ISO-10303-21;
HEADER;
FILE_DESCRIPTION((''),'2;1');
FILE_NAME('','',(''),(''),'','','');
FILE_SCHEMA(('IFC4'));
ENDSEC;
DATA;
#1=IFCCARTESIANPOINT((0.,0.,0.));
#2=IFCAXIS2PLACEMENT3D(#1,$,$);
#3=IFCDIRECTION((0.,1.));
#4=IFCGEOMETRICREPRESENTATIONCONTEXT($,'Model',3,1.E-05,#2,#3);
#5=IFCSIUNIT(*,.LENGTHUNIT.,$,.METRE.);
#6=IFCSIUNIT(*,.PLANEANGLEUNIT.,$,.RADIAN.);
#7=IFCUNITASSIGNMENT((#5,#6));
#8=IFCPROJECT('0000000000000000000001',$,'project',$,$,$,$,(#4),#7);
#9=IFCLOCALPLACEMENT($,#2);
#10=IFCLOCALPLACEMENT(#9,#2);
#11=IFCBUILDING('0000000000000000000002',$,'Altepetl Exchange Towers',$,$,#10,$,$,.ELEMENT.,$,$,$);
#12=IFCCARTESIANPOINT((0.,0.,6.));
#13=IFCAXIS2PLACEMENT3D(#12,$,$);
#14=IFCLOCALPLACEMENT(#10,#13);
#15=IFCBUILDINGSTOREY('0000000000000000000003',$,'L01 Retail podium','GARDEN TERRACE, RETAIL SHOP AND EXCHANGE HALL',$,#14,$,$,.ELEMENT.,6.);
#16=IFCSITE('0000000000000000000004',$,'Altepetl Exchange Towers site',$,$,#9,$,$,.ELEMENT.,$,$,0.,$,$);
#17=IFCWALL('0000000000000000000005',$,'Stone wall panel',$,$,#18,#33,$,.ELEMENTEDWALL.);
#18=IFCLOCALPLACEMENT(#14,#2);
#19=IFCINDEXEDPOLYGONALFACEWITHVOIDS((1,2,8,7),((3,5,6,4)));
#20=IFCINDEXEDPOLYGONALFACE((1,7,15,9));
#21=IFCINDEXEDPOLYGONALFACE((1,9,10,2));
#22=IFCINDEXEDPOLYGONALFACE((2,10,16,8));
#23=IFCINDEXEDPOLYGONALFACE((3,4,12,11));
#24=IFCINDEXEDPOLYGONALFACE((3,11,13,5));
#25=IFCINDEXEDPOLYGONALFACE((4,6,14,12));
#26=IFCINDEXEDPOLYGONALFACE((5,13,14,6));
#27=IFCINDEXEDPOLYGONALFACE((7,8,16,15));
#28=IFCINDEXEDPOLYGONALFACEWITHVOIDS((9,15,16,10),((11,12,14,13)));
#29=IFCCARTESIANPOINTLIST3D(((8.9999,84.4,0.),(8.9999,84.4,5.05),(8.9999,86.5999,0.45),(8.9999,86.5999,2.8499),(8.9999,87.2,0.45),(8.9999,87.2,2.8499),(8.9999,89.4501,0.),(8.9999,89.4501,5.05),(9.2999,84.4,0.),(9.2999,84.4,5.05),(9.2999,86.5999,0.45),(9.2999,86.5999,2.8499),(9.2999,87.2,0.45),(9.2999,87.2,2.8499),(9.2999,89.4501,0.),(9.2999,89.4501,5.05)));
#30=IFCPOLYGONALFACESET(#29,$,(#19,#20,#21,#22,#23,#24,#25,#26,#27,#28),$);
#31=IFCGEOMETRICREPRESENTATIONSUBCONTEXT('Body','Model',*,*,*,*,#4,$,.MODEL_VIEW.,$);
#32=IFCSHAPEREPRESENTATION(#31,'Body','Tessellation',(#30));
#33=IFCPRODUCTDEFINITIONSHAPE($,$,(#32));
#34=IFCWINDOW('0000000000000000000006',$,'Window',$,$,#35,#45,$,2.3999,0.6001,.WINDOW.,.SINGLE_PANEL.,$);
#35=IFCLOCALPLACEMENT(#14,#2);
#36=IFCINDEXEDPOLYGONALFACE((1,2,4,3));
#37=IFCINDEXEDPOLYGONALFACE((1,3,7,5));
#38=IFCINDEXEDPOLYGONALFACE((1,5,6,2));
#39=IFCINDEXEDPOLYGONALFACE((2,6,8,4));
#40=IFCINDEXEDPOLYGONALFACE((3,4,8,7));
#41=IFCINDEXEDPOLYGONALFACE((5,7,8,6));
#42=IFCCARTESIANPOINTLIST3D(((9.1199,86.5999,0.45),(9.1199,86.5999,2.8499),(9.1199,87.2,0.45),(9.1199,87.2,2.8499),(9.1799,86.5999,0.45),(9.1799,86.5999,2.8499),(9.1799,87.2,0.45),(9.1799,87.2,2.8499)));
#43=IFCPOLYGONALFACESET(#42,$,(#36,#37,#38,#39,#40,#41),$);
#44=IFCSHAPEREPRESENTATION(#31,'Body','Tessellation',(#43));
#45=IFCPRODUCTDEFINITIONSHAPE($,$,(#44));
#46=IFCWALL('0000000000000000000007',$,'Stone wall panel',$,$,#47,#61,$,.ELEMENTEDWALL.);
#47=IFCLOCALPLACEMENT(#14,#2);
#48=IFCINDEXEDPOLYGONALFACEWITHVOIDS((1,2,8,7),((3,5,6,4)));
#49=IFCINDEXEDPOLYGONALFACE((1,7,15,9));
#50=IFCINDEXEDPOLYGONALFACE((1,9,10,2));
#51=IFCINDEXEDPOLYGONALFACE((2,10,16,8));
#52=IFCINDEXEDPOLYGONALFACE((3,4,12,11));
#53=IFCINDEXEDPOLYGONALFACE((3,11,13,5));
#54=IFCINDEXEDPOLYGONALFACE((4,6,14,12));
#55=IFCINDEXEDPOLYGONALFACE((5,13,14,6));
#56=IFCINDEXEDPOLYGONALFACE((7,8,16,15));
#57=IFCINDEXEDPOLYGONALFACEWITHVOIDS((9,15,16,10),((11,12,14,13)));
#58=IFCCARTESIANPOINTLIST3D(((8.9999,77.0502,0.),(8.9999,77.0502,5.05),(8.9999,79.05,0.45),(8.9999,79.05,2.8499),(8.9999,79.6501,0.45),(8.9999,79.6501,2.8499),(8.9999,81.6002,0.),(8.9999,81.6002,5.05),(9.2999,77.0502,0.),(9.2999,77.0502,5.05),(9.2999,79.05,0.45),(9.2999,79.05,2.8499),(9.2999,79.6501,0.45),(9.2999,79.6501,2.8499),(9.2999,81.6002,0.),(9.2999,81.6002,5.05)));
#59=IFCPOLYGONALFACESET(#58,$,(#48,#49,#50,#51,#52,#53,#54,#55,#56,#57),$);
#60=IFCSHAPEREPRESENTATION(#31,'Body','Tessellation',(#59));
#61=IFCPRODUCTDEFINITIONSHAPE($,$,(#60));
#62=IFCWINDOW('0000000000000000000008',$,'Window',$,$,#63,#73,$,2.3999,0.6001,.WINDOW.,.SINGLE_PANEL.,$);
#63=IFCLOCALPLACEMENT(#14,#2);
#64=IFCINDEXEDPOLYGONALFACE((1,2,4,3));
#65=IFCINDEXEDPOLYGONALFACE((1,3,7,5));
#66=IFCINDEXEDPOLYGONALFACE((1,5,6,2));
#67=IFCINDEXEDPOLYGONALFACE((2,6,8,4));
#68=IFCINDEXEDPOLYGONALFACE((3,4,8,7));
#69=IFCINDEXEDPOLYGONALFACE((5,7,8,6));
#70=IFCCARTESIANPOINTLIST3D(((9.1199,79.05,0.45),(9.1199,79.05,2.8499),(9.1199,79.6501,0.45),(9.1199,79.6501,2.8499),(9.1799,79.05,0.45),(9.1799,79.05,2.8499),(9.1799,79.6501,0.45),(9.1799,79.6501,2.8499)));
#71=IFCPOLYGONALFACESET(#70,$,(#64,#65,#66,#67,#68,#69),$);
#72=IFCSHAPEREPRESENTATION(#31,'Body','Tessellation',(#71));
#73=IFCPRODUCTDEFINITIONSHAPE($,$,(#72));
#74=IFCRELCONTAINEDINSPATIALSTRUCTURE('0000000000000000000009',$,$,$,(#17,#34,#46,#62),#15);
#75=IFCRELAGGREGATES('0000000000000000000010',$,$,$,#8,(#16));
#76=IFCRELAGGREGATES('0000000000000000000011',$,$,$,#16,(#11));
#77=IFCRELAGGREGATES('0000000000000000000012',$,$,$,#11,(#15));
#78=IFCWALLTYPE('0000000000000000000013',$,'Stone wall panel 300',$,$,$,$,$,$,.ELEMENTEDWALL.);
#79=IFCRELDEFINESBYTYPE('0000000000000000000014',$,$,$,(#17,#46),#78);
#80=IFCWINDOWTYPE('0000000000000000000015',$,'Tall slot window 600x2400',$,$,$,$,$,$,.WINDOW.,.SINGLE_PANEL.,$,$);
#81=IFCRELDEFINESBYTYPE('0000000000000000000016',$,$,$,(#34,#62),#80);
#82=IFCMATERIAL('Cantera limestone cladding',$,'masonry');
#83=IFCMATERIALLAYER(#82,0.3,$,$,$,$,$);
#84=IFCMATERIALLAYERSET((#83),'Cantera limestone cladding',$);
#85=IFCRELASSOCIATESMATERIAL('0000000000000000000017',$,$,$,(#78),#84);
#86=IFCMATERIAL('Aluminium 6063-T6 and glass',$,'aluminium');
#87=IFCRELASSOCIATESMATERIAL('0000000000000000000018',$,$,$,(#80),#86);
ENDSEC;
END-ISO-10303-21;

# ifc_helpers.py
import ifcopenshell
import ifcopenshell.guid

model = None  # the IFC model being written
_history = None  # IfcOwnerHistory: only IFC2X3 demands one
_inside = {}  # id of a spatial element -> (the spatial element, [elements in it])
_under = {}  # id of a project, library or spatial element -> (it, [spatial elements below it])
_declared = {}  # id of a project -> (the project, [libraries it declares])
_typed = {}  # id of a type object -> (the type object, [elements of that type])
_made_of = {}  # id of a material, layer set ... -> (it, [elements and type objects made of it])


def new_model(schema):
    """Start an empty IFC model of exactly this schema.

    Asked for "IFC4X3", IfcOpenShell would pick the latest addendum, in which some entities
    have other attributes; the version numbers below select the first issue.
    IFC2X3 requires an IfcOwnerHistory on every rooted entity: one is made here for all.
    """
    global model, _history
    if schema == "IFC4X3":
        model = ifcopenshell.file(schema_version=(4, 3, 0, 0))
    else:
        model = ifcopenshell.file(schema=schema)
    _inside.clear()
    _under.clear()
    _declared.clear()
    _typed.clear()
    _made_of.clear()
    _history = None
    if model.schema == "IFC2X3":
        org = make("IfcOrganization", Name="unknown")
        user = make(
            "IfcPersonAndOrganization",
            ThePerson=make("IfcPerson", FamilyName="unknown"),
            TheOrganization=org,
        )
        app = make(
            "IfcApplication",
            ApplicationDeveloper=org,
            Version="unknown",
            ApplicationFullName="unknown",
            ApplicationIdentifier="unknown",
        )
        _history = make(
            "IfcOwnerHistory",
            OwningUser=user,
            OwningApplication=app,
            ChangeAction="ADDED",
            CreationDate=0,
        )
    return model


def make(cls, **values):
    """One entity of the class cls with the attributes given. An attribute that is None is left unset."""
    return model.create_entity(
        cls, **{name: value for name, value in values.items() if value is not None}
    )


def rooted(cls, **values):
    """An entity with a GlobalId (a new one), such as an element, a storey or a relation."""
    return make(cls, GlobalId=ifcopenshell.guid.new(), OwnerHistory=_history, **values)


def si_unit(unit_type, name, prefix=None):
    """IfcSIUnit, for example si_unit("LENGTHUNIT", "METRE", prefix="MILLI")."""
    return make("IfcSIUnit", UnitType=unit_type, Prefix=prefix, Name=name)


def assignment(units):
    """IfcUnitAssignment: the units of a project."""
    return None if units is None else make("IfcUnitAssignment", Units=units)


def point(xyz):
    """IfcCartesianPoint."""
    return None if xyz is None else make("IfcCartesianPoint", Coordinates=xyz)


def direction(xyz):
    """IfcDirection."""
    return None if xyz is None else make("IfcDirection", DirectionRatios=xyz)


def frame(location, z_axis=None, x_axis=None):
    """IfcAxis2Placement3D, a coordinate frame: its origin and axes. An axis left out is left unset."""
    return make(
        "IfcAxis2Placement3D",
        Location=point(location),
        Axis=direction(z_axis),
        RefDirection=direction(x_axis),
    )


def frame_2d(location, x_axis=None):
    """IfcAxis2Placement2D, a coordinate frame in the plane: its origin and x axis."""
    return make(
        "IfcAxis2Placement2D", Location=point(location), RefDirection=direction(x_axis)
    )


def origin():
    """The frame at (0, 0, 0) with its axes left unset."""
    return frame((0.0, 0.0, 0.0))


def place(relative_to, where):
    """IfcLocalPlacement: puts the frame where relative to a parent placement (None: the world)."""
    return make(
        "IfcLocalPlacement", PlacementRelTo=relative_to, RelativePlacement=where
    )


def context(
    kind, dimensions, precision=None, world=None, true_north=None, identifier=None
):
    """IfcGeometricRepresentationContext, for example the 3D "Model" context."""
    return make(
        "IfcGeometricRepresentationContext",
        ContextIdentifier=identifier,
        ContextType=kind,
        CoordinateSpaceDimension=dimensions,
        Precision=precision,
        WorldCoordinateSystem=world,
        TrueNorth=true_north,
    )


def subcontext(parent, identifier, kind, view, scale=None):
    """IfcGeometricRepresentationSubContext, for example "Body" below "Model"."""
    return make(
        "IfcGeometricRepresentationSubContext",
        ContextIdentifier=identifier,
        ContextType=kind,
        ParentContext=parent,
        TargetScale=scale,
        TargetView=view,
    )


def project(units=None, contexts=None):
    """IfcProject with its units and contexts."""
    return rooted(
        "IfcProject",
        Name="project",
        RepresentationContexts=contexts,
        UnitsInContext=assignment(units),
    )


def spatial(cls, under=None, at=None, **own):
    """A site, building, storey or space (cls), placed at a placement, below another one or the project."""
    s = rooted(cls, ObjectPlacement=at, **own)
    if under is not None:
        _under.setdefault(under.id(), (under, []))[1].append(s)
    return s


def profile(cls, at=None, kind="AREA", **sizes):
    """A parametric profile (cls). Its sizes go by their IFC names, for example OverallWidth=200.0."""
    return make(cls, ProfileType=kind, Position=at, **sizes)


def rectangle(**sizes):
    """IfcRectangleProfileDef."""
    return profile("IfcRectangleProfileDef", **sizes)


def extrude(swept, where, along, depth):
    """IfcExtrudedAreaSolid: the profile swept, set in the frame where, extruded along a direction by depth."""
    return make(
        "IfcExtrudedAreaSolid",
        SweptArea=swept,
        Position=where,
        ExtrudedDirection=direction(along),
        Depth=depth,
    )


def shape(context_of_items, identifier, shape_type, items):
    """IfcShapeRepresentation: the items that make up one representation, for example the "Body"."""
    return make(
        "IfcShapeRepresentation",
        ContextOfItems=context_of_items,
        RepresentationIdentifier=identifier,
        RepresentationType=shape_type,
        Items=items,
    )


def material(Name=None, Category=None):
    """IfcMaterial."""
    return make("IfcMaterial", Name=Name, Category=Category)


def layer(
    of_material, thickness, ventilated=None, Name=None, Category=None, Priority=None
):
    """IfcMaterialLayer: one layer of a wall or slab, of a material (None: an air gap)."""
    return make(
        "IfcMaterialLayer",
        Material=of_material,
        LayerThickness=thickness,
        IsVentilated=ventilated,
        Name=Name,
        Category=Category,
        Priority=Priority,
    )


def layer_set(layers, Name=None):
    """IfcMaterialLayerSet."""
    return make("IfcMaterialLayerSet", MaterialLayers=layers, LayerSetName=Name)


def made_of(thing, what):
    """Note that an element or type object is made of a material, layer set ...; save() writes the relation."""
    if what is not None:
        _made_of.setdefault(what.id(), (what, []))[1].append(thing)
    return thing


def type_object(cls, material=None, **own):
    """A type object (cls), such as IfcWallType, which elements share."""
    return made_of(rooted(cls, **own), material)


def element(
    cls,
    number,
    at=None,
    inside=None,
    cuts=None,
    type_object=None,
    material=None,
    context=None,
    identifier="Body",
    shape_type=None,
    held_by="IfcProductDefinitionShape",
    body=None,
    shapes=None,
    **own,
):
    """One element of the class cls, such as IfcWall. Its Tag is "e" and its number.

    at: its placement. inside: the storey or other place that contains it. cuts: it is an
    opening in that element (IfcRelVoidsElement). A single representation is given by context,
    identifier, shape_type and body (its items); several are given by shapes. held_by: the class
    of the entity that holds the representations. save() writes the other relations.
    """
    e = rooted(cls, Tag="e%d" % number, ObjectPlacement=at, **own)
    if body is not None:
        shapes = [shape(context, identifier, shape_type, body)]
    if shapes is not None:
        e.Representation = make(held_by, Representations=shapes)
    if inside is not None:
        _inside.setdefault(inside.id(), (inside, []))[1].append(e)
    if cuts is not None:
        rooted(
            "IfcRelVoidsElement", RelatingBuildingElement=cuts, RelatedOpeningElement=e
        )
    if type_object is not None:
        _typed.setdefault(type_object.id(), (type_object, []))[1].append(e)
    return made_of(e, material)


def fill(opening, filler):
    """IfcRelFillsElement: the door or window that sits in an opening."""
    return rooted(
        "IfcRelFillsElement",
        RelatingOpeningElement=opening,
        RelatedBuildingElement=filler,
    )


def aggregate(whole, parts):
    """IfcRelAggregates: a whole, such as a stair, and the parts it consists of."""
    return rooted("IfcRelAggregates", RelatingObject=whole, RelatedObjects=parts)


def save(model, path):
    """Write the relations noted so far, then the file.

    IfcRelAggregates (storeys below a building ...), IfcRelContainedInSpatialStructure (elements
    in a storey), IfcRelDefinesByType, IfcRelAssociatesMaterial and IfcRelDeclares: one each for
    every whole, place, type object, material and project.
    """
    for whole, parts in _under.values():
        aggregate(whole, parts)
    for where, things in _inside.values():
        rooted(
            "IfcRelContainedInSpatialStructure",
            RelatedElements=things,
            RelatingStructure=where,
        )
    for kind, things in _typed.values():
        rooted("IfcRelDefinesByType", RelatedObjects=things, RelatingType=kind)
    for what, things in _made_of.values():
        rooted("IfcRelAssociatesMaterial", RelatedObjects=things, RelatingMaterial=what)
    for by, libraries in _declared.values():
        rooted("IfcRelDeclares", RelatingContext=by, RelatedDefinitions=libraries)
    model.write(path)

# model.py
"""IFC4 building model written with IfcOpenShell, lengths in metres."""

from ifc_helpers import new_model, si_unit, direction, frame, frame_2d, origin, place, context, subcontext, project, spatial, rectangle, extrude, material, layer, layer_set, type_object, element, fill, save


model = new_model("IFC4")

# Units and contexts
model_context = context("Model", 3, precision=1e-05, world=origin(), true_north=direction((0.0, 1.0)))
body_context = subcontext(model_context, "Body", "Model", "MODEL_VIEW")
ifc_project = project(units=[si_unit("LENGTHUNIT", "METRE"), si_unit("PLANEANGLEUNIT", "RADIAN")], contexts=[model_context])

# Site, building, storey
site_placement = place(None, origin())
site = spatial("IfcSite", under=ifc_project, at=site_placement, Name="Altepetl Exchange Towers site", CompositionType="ELEMENT", RefElevation=0.0)
building_placement = place(site_placement, origin())
building = spatial("IfcBuilding", under=site, at=building_placement, Name="Altepetl Exchange Towers", CompositionType="ELEMENT")
storey_placement = place(building_placement, frame((0.0, 0.0, 6.0)))
storey = spatial("IfcBuildingStorey", under=building, at=storey_placement, Name="L01 Retail podium", Description="GARDEN TERRACE, RETAIL SHOP AND EXCHANGE HALL", CompositionType="ELEMENT", Elevation=6.0)

# Shared definitions
ifc_material_1 = material(Name="Aluminium 6063-T6 and glass", Category="aluminium")

# Walls, openings, windows
ifc_material_2 = material(Name="Cantera limestone cladding", Category="masonry")
ifc_layer_1 = layer(ifc_material_2, 0.3)
ifc_layer_set_1 = layer_set([ifc_layer_1], Name="Cantera limestone cladding")
wall_type_1 = type_object("IfcWallType", Name="Stone wall panel 300", PredefinedType="ELEMENTEDWALL", material=ifc_layer_set_1)
wall_1_placement = place(storey_placement, frame((9.1499, 89.45, 0.0), z_axis=(0.0, 0.0, 1.0), x_axis=(0.0, -1.0, 0.0)))
wall_1 = element("IfcWall", 1, at=wall_1_placement, inside=storey, type_object=wall_type_1, Name="Stone wall panel", PredefinedType="ELEMENTEDWALL", context=body_context, shape_type="SweptSolid", body=[
    extrude(rectangle(XDim=5.05, YDim=0.3, at=frame_2d((2.5249, 0.0))), origin(), (0.0, 0.0, 1.0), 5.05),
])
opening_1_placement = place(wall_1_placement, frame((2.25, 0.0, 0.45)))
opening_1 = element("IfcOpeningElement", 2, at=opening_1_placement, cuts=wall_1, PredefinedType="OPENING", context=body_context, shape_type="SweptSolid", body=[
    extrude(rectangle(XDim=0.6001, YDim=2.3999, at=frame_2d((0.3, 1.2))), frame((0.0, 0.1602, 0.0), z_axis=(0.0, -1.0, 0.0), x_axis=(1.0, 0.0, 0.0)), (0.0, 0.0, 1.0), 0.3201),
])
window_type_1 = type_object("IfcWindowType", Name="Tall slot window 600x2400", PartitioningType="SINGLE_PANEL", PredefinedType="WINDOW", material=ifc_material_1)
window_1_placement = place(opening_1_placement, origin())
window_1 = element("IfcWindow", 3, at=window_1_placement, inside=storey, type_object=window_type_1, Name="Window", OverallHeight=2.3999, OverallWidth=0.6001, PartitioningType="SINGLE_PANEL", PredefinedType="WINDOW", context=body_context, shape_type="SweptSolid", body=[
    extrude(rectangle(XDim=0.6001, YDim=2.3999, at=frame_2d((0.3, 1.2))), frame((0.0, 0.03, 0.0), z_axis=(0.0, -1.0, 0.0), x_axis=(1.0, 0.0, 0.0)), (0.0, 0.0, 1.0), 0.0601),
])
fill(opening_1, window_1)
wall_2_placement = place(storey_placement, frame((9.1499, 81.6001, 0.0), z_axis=(0.0, 0.0, 1.0), x_axis=(0.0, -1.0, 0.0)))
wall_2 = element("IfcWall", 4, at=wall_2_placement, inside=storey, type_object=wall_type_1, Name="Stone wall panel", PredefinedType="ELEMENTEDWALL", context=body_context, shape_type="SweptSolid", body=[
    extrude(rectangle(XDim=4.55, YDim=0.3, at=frame_2d((2.2749, 0.0))), origin(), (0.0, 0.0, 1.0), 5.05),
])
opening_2_placement = place(wall_2_placement, frame((1.95, 0.0, 0.45)))
opening_2 = element("IfcOpeningElement", 5, at=opening_2_placement, cuts=wall_2, PredefinedType="OPENING", context=body_context, shape_type="SweptSolid", body=[
    extrude(rectangle(XDim=0.6001, YDim=2.3999, at=frame_2d((0.3, 1.2))), frame((0.0, 0.1602, 0.0), z_axis=(0.0, -1.0, 0.0), x_axis=(1.0, 0.0, 0.0)), (0.0, 0.0, 1.0), 0.3201),
])
window_2_placement = place(opening_2_placement, origin())
window_2 = element("IfcWindow", 6, at=window_2_placement, inside=storey, type_object=window_type_1, Name="Window", OverallHeight=2.3999, OverallWidth=0.6001, PartitioningType="SINGLE_PANEL", PredefinedType="WINDOW", context=body_context, shape_type="SweptSolid", body=[
    extrude(rectangle(XDim=0.6001, YDim=2.3999, at=frame_2d((0.3, 1.2))), frame((0.0, 0.03, 0.0), z_axis=(0.0, -1.0, 0.0), x_axis=(1.0, 0.0, 0.0)), (0.0, 0.0, 1.0), 0.0601),
])
fill(opening_2, window_2)

save(model, "model.ifc")
